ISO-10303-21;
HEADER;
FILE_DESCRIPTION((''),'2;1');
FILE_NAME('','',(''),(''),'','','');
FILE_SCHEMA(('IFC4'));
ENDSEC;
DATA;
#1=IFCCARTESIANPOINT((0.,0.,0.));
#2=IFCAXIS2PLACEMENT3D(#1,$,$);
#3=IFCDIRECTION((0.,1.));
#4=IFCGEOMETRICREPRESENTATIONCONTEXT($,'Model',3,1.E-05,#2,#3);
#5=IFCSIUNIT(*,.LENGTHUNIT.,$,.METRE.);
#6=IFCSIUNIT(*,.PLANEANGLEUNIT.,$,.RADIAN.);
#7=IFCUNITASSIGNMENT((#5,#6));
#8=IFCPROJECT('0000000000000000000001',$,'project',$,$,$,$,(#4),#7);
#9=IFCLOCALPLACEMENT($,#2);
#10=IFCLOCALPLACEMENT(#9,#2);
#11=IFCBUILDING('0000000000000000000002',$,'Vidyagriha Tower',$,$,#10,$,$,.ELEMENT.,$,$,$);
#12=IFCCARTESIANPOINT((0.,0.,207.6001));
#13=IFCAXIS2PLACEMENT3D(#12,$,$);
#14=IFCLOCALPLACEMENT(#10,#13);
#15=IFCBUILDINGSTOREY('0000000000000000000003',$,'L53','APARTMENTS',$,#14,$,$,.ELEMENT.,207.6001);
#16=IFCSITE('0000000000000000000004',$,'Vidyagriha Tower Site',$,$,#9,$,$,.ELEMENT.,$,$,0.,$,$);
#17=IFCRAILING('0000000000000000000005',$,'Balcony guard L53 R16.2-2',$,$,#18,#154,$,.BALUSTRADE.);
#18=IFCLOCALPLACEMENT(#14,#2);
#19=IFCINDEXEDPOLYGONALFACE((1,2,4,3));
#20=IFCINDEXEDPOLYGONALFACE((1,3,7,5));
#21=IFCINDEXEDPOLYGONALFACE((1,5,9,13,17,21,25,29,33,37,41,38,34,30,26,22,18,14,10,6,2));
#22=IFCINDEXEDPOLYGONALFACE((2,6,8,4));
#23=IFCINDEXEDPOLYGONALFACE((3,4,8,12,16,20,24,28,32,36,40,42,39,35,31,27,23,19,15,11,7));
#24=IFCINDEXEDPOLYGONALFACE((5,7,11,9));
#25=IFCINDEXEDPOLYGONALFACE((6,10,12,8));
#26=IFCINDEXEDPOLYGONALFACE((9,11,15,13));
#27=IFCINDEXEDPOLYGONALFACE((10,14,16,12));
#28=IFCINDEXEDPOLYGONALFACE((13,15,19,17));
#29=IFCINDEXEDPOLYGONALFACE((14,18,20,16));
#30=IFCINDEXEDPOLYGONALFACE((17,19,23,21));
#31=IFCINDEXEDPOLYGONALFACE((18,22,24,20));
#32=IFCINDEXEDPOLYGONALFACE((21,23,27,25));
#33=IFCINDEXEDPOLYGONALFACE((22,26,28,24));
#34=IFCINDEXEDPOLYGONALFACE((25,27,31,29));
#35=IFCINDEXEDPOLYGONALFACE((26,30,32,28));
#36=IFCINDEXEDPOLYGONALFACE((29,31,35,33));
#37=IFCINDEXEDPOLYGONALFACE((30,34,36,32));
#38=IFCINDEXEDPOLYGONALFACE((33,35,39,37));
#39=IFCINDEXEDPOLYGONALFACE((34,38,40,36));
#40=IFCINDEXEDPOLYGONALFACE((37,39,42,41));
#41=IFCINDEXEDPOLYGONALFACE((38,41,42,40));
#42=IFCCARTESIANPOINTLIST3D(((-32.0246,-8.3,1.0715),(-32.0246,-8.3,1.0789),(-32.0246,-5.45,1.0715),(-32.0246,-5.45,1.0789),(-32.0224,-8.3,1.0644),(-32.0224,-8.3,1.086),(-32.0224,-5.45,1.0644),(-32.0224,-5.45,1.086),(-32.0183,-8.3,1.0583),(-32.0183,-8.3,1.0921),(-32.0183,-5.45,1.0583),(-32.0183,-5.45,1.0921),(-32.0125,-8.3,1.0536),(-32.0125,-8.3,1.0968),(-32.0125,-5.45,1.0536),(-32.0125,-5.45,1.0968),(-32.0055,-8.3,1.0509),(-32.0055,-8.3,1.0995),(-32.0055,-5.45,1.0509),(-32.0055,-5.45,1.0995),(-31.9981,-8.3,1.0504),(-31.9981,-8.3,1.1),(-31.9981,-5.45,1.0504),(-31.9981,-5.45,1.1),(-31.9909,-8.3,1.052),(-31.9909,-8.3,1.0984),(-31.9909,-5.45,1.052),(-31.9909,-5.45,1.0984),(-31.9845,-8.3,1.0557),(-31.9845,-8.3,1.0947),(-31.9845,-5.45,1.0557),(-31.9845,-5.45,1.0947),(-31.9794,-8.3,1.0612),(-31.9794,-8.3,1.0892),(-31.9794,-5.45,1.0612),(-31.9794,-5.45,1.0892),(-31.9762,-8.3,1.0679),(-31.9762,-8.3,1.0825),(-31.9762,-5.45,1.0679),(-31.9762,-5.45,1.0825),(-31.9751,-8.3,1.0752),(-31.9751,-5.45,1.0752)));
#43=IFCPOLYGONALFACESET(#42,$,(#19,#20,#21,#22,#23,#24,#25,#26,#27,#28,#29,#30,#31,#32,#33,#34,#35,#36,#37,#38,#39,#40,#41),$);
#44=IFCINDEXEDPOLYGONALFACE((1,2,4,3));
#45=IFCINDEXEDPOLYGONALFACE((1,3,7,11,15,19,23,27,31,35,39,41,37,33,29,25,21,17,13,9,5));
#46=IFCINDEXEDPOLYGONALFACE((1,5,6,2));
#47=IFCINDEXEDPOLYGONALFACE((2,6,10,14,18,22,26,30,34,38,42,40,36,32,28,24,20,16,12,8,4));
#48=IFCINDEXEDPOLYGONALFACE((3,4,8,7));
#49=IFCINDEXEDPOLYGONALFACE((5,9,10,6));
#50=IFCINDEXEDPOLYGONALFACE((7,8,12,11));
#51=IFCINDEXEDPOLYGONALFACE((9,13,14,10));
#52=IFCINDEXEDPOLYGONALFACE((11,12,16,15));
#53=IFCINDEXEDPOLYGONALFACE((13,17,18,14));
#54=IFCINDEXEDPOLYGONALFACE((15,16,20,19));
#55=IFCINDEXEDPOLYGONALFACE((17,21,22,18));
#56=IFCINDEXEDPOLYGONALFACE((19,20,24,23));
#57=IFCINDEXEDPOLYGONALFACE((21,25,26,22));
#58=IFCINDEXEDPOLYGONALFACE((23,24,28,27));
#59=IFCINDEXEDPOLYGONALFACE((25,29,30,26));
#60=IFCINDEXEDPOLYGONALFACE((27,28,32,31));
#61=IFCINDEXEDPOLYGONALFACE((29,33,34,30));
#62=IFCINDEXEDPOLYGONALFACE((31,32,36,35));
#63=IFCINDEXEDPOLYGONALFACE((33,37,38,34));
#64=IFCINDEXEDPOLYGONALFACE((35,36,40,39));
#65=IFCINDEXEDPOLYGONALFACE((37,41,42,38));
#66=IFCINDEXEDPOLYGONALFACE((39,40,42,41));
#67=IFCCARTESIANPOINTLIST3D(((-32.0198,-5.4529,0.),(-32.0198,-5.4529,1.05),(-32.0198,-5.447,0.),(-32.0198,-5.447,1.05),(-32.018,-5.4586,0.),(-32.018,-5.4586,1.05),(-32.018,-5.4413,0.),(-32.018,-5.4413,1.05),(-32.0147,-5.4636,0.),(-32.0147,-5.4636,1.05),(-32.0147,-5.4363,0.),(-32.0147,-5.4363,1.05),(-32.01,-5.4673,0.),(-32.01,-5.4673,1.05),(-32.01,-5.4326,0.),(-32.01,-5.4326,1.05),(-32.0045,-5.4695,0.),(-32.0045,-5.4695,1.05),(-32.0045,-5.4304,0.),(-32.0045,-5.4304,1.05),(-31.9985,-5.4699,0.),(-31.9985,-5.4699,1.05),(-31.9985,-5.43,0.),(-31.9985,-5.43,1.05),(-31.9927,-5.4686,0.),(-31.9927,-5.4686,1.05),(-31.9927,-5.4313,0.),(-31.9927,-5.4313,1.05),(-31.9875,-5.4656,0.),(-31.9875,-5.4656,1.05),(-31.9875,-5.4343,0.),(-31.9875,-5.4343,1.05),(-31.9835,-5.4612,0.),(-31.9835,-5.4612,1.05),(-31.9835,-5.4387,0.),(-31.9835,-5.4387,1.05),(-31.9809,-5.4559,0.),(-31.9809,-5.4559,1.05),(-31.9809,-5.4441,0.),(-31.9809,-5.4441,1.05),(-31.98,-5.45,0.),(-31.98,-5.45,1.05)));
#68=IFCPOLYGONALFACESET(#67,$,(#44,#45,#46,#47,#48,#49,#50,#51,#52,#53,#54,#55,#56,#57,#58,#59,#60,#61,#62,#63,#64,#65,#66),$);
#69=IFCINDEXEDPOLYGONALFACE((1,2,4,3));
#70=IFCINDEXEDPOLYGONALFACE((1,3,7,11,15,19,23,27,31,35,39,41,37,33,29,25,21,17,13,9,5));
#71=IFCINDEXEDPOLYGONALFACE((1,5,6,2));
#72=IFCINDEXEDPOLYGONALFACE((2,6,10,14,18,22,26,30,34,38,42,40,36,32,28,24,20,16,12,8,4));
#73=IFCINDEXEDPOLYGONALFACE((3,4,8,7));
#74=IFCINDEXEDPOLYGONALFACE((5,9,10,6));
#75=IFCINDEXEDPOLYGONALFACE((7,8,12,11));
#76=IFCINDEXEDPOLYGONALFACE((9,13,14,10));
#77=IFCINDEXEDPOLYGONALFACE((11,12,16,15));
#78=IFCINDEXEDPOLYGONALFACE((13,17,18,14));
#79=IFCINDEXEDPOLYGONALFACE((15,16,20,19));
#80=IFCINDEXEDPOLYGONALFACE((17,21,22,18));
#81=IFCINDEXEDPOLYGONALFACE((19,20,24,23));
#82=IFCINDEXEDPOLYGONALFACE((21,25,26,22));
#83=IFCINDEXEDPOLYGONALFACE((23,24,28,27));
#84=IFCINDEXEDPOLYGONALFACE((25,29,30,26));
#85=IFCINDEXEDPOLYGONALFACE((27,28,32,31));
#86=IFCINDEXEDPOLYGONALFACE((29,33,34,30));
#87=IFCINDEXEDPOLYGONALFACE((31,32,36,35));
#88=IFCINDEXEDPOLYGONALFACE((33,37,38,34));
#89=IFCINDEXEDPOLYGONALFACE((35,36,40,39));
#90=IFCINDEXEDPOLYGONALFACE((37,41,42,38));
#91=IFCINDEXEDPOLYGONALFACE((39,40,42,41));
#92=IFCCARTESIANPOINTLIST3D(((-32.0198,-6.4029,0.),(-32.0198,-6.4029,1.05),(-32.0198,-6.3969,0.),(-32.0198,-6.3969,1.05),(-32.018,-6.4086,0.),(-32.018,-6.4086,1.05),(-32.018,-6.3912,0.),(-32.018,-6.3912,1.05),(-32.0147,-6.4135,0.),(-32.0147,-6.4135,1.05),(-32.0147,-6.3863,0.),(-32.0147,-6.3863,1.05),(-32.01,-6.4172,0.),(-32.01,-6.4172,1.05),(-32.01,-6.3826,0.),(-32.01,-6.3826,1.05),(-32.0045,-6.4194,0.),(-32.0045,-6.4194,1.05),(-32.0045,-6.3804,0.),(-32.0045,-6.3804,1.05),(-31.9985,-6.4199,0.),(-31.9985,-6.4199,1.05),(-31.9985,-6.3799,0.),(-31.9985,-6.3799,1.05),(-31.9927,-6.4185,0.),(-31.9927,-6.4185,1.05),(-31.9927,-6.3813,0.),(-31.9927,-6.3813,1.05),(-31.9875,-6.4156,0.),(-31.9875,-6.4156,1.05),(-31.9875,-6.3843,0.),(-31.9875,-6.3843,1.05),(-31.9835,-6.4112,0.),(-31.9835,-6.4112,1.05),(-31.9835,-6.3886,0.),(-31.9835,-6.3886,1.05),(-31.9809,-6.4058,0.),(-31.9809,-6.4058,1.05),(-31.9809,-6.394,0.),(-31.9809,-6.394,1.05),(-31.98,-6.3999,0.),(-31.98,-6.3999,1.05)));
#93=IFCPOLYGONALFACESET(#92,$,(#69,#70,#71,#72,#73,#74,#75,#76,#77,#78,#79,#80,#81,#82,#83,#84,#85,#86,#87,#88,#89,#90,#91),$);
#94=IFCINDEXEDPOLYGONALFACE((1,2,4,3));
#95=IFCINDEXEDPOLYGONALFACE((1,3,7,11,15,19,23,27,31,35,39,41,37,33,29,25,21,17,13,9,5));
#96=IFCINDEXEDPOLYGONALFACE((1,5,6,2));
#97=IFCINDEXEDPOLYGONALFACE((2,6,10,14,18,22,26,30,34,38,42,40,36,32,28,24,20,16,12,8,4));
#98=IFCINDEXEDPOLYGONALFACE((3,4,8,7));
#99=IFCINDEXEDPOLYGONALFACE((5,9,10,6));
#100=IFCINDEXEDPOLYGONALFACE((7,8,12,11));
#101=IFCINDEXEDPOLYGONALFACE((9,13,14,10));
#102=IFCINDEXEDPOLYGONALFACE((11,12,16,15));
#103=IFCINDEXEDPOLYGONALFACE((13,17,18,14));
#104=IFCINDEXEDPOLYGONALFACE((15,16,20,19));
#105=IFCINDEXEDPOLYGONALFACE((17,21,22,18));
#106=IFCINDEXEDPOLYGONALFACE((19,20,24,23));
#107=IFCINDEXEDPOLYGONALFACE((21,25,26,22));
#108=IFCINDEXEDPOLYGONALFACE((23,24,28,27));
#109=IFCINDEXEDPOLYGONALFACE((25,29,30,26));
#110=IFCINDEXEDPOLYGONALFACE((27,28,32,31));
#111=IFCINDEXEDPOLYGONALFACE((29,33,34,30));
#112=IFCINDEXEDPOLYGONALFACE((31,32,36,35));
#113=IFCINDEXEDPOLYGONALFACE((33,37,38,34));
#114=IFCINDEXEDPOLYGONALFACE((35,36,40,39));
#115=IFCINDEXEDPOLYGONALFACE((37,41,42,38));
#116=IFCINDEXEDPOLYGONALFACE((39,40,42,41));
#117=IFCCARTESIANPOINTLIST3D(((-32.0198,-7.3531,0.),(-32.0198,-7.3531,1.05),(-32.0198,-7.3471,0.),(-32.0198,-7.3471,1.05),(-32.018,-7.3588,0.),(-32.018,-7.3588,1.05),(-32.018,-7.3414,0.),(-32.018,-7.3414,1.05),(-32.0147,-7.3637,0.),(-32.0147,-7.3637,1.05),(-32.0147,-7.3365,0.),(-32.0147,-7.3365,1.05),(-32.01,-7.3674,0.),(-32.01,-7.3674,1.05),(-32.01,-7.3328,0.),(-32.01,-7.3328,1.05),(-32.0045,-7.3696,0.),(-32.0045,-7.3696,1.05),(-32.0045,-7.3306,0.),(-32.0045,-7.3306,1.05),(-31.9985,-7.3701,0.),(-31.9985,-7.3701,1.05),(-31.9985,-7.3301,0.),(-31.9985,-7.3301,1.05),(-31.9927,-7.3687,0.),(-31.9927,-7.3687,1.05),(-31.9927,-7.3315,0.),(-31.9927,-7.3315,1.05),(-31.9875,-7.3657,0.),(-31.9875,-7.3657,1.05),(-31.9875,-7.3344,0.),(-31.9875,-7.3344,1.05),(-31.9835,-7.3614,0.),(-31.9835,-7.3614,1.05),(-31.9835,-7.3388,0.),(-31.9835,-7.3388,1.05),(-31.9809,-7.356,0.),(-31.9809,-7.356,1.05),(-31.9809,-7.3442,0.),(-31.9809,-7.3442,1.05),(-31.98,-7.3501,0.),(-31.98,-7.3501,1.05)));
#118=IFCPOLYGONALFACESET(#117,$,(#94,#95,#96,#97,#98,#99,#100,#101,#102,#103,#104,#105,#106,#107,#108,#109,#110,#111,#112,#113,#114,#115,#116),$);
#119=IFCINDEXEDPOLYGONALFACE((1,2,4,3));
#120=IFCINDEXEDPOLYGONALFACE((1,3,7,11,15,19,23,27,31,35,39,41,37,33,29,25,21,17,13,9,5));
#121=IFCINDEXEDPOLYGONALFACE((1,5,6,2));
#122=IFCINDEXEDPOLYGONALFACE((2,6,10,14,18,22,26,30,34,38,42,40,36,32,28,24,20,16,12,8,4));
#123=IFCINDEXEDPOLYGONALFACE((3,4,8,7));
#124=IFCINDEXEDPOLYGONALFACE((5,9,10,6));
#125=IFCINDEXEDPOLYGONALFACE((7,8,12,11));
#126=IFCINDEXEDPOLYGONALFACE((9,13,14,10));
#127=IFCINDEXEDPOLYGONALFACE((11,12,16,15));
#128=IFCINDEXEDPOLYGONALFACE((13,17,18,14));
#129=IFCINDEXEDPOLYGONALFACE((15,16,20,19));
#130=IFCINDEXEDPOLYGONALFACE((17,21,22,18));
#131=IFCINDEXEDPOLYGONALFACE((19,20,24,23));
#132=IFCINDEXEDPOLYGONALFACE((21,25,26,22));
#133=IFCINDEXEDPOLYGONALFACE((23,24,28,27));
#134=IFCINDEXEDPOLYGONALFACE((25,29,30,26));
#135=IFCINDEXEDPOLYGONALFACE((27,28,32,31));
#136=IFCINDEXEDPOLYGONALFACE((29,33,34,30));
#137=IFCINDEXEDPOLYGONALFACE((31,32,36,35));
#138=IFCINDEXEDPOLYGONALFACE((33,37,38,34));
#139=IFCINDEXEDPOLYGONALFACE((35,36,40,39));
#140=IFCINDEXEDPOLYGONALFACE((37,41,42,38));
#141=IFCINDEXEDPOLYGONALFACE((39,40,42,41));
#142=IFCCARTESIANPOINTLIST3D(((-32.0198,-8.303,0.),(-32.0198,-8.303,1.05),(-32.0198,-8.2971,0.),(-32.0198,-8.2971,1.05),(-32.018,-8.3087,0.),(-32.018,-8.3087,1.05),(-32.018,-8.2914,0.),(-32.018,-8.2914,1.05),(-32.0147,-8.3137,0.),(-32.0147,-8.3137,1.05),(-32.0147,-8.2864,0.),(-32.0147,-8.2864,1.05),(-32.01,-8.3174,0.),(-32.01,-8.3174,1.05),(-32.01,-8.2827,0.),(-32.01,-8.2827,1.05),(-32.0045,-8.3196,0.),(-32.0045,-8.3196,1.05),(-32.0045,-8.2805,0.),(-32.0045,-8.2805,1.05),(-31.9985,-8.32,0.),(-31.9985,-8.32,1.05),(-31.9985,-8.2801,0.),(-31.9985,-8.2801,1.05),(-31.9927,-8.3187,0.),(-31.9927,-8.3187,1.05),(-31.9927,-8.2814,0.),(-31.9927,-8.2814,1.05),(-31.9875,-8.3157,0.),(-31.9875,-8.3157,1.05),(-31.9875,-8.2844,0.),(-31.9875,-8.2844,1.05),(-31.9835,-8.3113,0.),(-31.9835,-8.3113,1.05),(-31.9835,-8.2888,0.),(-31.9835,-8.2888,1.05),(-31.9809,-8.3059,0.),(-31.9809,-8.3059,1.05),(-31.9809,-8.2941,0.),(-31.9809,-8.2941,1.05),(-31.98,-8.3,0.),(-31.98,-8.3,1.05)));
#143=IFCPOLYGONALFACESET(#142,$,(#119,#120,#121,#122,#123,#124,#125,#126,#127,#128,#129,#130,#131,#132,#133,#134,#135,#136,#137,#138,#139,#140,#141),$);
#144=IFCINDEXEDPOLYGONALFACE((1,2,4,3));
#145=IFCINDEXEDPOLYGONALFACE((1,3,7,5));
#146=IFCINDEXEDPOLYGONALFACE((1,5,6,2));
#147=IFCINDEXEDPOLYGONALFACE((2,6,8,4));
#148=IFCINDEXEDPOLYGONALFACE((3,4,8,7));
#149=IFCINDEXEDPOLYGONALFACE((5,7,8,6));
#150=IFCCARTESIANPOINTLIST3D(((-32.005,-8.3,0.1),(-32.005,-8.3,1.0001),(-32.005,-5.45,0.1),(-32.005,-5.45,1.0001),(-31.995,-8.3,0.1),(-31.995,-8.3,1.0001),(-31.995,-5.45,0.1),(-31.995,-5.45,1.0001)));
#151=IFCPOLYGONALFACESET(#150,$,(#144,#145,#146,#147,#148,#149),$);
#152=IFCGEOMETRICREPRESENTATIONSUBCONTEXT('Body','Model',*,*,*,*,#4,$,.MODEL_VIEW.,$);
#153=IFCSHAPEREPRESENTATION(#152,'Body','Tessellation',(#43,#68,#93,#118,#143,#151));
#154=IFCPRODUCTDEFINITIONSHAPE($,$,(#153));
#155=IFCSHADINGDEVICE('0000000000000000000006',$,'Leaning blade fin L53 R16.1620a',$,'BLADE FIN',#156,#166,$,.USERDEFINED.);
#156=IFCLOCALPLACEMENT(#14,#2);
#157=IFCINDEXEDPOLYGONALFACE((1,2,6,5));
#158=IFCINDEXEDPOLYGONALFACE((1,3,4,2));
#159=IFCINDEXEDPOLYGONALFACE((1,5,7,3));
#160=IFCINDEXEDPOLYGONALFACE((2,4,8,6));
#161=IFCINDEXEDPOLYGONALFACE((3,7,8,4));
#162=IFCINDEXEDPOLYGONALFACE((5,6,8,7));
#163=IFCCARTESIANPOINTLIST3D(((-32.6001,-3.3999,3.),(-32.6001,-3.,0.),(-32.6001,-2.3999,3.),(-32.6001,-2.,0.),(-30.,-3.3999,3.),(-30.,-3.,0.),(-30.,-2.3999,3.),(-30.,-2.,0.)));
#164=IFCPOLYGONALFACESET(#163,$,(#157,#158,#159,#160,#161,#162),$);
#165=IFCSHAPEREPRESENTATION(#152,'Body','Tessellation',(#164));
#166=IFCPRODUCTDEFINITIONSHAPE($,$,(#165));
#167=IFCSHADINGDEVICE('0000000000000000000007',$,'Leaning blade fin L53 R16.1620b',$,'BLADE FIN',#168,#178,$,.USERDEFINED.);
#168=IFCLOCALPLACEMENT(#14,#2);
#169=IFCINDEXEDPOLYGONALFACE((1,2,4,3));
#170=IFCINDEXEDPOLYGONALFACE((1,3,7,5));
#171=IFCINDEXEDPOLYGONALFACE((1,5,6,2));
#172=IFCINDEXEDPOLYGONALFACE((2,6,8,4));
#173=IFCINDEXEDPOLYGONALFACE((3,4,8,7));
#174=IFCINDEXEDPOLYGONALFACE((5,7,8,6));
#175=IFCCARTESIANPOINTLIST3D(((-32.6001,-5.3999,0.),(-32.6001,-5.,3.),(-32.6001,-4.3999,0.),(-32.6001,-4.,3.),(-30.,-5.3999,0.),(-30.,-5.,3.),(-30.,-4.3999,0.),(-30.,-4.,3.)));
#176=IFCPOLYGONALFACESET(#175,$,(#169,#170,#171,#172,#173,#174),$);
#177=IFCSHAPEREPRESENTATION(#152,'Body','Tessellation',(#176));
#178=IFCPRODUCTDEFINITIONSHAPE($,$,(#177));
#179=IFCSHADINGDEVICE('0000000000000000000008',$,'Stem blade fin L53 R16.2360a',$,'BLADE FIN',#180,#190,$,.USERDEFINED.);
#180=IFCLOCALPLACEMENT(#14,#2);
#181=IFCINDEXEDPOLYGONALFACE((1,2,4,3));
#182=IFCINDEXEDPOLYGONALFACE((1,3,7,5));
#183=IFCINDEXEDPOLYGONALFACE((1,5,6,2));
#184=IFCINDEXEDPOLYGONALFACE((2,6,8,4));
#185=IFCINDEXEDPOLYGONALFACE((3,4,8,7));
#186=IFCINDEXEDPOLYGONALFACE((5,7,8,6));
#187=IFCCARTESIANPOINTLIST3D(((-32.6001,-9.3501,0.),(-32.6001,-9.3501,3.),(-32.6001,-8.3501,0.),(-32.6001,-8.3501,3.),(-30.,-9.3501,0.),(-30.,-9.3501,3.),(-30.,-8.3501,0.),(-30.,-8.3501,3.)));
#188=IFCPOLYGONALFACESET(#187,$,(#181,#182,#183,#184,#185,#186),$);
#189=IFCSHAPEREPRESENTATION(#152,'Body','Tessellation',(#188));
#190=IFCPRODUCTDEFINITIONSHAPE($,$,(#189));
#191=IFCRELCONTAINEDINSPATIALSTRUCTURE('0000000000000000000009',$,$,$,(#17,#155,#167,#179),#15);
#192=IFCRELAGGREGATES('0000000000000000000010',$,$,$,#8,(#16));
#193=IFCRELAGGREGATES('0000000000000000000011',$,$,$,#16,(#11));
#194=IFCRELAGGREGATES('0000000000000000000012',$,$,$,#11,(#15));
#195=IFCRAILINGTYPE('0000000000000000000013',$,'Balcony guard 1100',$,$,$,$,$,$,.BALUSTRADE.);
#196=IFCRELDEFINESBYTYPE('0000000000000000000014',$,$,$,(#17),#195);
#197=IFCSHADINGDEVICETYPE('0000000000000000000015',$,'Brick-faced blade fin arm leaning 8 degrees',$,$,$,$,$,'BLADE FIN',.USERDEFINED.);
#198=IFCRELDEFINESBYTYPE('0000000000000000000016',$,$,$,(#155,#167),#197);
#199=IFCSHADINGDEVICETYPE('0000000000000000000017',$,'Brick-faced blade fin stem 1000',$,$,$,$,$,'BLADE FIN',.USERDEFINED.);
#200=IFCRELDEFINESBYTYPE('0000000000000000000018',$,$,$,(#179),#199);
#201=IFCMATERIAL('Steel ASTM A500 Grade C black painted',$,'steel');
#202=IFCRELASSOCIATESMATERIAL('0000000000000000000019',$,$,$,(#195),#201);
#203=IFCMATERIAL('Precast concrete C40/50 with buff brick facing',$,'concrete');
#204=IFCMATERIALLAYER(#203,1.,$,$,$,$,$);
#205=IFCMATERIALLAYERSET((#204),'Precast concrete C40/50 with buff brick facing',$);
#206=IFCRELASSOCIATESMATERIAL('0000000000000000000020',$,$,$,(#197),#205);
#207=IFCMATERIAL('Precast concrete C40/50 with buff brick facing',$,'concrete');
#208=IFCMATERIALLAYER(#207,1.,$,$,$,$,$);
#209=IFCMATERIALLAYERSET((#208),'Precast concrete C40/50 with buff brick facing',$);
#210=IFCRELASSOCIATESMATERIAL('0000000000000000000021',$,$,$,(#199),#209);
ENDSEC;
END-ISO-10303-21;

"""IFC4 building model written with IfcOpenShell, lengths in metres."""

from ifc_helpers import new_model, si_unit, direction, frame, origin, origin_2d, place, context, subcontext, project, spatial, polyline, rectangle, circle, outline, extrude, material, layer, layer_set, type_object, element, save


model = new_model("IFC4")

# Units and contexts
model_context = context("Model", 3, precision=1e-05, world=origin(), true_north=direction((0.0, 1.0)))
body_context = subcontext(model_context, "Body", "Model", "MODEL_VIEW")
ifc_project = project(units=[si_unit("LENGTHUNIT", "METRE"), si_unit("PLANEANGLEUNIT", "RADIAN")], contexts=[model_context])

# Site, building, storey
site_placement = place(None, origin())
site = spatial("IfcSite", under=ifc_project, at=site_placement, Name="Vidyagriha Tower Site", CompositionType="ELEMENT", RefElevation=0.0)
building_placement = place(site_placement, origin())
building = spatial("IfcBuilding", under=site, at=building_placement, Name="Vidyagriha Tower", CompositionType="ELEMENT")
storey_placement = place(building_placement, frame((0.0, 0.0, 207.6001)))
storey = spatial("IfcBuildingStorey", under=building, at=storey_placement, Name="L53", Description="APARTMENTS", CompositionType="ELEMENT", Elevation=207.6001)

# Railing
ifc_material_1 = material(Name="Steel ASTM A500 Grade C black painted", Category="steel")
railing_type_1 = type_object("IfcRailingType", Name="Balcony guard 1100", PredefinedType="BALUSTRADE", material=ifc_material_1)
railing_1_placement = place(storey_placement, frame((-32.0, -5.45, 0.0)))
element("IfcRailing", 1, at=railing_1_placement, inside=storey, type_object=railing_type_1, Name="Balcony guard L53 R16.2-2", PredefinedType="BALUSTRADE", context=body_context, shape_type="SweptSolid", body=[
    extrude(circle(Radius=0.0249, at=origin_2d()), frame((0.0, 0.0, 1.0752), z_axis=(0.0, -1.0, 0.0), x_axis=(1.0, 0.0, 0.0)), (0.0, 0.0, 1.0), 2.8501),
    extrude(circle(Radius=0.02, at=origin_2d()), origin(), (0.0, 0.0, 1.0), 1.05),
    extrude(circle(Radius=0.02, at=origin_2d()), frame((0.0, -0.95, 0.0)), (0.0, 0.0, 1.0), 1.05),
    extrude(circle(Radius=0.02, at=origin_2d()), frame((0.0, -1.9001, 0.0)), (0.0, 0.0, 1.0), 1.05),
    extrude(circle(Radius=0.02, at=origin_2d()), frame((0.0, -2.8501, 0.0)), (0.0, 0.0, 1.0), 1.05),
    extrude(rectangle(XDim=0.01, YDim=0.9001, at=origin_2d()), frame((0.0, 0.0, 0.55), z_axis=(0.0, -1.0, 0.0), x_axis=(1.0, 0.0, 0.0)), (0.0, 0.0, 1.0), 2.8501),
])

# Shading devices
ifc_material_2 = material(Name="Precast concrete C40/50 with buff brick facing", Category="concrete")
ifc_layer_1 = layer(ifc_material_2, 1.0)
ifc_layer_set_1 = layer_set([ifc_layer_1], Name="Precast concrete C40/50 with buff brick facing")
shading_device_type_1 = type_object("IfcShadingDeviceType", Name="Brick-faced blade fin arm leaning 8 degrees", ElementType="BLADE FIN", PredefinedType="USERDEFINED", material=ifc_layer_set_1)
shading_device_1_placement = place(storey_placement, frame((-31.3, -2.0, 0.0), z_axis=(0.0, 0.0, 1.0), x_axis=(0.0, -1.0, 0.0)))
element("IfcShadingDevice", 2, at=shading_device_1_placement, inside=storey, type_object=shading_device_type_1, Name="Leaning blade fin L53 R16.1620a", ObjectType="BLADE FIN", PredefinedType="USERDEFINED", context=body_context, shape_type="SweptSolid", body=[
    extrude(outline(polyline([(0.0, 0.0), (1.0, 0.0), (1.3999, 3.0), (0.3999, 3.0), (0.0, 0.0)])), frame((0.0, 1.3, 0.0), z_axis=(0.0, -1.0, 0.0), x_axis=(1.0, 0.0, 0.0)), (0.0, 0.0, 1.0), 2.6001),
])
shading_device_2_placement = place(storey_placement, frame((-31.3, -4.0, 0.0), z_axis=(0.0, 0.0, 1.0), x_axis=(0.0, -1.0, 0.0)))
element("IfcShadingDevice", 3, at=shading_device_2_placement, inside=storey, type_object=shading_device_type_1, Name="Leaning blade fin L53 R16.1620b", ObjectType="BLADE FIN", PredefinedType="USERDEFINED", context=body_context, shape_type="SweptSolid", body=[
    extrude(outline(polyline([(0.3999, 0.0), (1.3999, 0.0), (1.0, 3.0), (0.0, 3.0), (0.3999, 0.0)])), frame((0.0, 1.3, 0.0), z_axis=(0.0, -1.0, 0.0), x_axis=(1.0, 0.0, 0.0)), (0.0, 0.0, 1.0), 2.6001),
])
ifc_material_3 = material(Name="Precast concrete C40/50 with buff brick facing", Category="concrete")
ifc_layer_2 = layer(ifc_material_3, 1.0)
ifc_layer_set_2 = layer_set([ifc_layer_2], Name="Precast concrete C40/50 with buff brick facing")
shading_device_type_2 = type_object("IfcShadingDeviceType", Name="Brick-faced blade fin stem 1000", ElementType="BLADE FIN", PredefinedType="USERDEFINED", material=ifc_layer_set_2)
shading_device_3_placement = place(storey_placement, frame((-31.3, -8.3501, 0.0), z_axis=(0.0, 0.0, 1.0), x_axis=(0.0, -1.0, 0.0)))
element("IfcShadingDevice", 4, at=shading_device_3_placement, inside=storey, type_object=shading_device_type_2, Name="Stem blade fin L53 R16.2360a", ObjectType="BLADE FIN", PredefinedType="USERDEFINED", context=body_context, shape_type="SweptSolid", body=[
    extrude(outline(polyline([(0.0, 0.0), (1.0, 0.0), (1.0, 3.0), (0.0, 3.0), (0.0, 0.0)])), frame((0.0, 1.3, 0.0), z_axis=(0.0, -1.0, 0.0), x_axis=(1.0, 0.0, 0.0)), (0.0, 0.0, 1.0), 2.6001),
])

save(model, "model.ifc")
